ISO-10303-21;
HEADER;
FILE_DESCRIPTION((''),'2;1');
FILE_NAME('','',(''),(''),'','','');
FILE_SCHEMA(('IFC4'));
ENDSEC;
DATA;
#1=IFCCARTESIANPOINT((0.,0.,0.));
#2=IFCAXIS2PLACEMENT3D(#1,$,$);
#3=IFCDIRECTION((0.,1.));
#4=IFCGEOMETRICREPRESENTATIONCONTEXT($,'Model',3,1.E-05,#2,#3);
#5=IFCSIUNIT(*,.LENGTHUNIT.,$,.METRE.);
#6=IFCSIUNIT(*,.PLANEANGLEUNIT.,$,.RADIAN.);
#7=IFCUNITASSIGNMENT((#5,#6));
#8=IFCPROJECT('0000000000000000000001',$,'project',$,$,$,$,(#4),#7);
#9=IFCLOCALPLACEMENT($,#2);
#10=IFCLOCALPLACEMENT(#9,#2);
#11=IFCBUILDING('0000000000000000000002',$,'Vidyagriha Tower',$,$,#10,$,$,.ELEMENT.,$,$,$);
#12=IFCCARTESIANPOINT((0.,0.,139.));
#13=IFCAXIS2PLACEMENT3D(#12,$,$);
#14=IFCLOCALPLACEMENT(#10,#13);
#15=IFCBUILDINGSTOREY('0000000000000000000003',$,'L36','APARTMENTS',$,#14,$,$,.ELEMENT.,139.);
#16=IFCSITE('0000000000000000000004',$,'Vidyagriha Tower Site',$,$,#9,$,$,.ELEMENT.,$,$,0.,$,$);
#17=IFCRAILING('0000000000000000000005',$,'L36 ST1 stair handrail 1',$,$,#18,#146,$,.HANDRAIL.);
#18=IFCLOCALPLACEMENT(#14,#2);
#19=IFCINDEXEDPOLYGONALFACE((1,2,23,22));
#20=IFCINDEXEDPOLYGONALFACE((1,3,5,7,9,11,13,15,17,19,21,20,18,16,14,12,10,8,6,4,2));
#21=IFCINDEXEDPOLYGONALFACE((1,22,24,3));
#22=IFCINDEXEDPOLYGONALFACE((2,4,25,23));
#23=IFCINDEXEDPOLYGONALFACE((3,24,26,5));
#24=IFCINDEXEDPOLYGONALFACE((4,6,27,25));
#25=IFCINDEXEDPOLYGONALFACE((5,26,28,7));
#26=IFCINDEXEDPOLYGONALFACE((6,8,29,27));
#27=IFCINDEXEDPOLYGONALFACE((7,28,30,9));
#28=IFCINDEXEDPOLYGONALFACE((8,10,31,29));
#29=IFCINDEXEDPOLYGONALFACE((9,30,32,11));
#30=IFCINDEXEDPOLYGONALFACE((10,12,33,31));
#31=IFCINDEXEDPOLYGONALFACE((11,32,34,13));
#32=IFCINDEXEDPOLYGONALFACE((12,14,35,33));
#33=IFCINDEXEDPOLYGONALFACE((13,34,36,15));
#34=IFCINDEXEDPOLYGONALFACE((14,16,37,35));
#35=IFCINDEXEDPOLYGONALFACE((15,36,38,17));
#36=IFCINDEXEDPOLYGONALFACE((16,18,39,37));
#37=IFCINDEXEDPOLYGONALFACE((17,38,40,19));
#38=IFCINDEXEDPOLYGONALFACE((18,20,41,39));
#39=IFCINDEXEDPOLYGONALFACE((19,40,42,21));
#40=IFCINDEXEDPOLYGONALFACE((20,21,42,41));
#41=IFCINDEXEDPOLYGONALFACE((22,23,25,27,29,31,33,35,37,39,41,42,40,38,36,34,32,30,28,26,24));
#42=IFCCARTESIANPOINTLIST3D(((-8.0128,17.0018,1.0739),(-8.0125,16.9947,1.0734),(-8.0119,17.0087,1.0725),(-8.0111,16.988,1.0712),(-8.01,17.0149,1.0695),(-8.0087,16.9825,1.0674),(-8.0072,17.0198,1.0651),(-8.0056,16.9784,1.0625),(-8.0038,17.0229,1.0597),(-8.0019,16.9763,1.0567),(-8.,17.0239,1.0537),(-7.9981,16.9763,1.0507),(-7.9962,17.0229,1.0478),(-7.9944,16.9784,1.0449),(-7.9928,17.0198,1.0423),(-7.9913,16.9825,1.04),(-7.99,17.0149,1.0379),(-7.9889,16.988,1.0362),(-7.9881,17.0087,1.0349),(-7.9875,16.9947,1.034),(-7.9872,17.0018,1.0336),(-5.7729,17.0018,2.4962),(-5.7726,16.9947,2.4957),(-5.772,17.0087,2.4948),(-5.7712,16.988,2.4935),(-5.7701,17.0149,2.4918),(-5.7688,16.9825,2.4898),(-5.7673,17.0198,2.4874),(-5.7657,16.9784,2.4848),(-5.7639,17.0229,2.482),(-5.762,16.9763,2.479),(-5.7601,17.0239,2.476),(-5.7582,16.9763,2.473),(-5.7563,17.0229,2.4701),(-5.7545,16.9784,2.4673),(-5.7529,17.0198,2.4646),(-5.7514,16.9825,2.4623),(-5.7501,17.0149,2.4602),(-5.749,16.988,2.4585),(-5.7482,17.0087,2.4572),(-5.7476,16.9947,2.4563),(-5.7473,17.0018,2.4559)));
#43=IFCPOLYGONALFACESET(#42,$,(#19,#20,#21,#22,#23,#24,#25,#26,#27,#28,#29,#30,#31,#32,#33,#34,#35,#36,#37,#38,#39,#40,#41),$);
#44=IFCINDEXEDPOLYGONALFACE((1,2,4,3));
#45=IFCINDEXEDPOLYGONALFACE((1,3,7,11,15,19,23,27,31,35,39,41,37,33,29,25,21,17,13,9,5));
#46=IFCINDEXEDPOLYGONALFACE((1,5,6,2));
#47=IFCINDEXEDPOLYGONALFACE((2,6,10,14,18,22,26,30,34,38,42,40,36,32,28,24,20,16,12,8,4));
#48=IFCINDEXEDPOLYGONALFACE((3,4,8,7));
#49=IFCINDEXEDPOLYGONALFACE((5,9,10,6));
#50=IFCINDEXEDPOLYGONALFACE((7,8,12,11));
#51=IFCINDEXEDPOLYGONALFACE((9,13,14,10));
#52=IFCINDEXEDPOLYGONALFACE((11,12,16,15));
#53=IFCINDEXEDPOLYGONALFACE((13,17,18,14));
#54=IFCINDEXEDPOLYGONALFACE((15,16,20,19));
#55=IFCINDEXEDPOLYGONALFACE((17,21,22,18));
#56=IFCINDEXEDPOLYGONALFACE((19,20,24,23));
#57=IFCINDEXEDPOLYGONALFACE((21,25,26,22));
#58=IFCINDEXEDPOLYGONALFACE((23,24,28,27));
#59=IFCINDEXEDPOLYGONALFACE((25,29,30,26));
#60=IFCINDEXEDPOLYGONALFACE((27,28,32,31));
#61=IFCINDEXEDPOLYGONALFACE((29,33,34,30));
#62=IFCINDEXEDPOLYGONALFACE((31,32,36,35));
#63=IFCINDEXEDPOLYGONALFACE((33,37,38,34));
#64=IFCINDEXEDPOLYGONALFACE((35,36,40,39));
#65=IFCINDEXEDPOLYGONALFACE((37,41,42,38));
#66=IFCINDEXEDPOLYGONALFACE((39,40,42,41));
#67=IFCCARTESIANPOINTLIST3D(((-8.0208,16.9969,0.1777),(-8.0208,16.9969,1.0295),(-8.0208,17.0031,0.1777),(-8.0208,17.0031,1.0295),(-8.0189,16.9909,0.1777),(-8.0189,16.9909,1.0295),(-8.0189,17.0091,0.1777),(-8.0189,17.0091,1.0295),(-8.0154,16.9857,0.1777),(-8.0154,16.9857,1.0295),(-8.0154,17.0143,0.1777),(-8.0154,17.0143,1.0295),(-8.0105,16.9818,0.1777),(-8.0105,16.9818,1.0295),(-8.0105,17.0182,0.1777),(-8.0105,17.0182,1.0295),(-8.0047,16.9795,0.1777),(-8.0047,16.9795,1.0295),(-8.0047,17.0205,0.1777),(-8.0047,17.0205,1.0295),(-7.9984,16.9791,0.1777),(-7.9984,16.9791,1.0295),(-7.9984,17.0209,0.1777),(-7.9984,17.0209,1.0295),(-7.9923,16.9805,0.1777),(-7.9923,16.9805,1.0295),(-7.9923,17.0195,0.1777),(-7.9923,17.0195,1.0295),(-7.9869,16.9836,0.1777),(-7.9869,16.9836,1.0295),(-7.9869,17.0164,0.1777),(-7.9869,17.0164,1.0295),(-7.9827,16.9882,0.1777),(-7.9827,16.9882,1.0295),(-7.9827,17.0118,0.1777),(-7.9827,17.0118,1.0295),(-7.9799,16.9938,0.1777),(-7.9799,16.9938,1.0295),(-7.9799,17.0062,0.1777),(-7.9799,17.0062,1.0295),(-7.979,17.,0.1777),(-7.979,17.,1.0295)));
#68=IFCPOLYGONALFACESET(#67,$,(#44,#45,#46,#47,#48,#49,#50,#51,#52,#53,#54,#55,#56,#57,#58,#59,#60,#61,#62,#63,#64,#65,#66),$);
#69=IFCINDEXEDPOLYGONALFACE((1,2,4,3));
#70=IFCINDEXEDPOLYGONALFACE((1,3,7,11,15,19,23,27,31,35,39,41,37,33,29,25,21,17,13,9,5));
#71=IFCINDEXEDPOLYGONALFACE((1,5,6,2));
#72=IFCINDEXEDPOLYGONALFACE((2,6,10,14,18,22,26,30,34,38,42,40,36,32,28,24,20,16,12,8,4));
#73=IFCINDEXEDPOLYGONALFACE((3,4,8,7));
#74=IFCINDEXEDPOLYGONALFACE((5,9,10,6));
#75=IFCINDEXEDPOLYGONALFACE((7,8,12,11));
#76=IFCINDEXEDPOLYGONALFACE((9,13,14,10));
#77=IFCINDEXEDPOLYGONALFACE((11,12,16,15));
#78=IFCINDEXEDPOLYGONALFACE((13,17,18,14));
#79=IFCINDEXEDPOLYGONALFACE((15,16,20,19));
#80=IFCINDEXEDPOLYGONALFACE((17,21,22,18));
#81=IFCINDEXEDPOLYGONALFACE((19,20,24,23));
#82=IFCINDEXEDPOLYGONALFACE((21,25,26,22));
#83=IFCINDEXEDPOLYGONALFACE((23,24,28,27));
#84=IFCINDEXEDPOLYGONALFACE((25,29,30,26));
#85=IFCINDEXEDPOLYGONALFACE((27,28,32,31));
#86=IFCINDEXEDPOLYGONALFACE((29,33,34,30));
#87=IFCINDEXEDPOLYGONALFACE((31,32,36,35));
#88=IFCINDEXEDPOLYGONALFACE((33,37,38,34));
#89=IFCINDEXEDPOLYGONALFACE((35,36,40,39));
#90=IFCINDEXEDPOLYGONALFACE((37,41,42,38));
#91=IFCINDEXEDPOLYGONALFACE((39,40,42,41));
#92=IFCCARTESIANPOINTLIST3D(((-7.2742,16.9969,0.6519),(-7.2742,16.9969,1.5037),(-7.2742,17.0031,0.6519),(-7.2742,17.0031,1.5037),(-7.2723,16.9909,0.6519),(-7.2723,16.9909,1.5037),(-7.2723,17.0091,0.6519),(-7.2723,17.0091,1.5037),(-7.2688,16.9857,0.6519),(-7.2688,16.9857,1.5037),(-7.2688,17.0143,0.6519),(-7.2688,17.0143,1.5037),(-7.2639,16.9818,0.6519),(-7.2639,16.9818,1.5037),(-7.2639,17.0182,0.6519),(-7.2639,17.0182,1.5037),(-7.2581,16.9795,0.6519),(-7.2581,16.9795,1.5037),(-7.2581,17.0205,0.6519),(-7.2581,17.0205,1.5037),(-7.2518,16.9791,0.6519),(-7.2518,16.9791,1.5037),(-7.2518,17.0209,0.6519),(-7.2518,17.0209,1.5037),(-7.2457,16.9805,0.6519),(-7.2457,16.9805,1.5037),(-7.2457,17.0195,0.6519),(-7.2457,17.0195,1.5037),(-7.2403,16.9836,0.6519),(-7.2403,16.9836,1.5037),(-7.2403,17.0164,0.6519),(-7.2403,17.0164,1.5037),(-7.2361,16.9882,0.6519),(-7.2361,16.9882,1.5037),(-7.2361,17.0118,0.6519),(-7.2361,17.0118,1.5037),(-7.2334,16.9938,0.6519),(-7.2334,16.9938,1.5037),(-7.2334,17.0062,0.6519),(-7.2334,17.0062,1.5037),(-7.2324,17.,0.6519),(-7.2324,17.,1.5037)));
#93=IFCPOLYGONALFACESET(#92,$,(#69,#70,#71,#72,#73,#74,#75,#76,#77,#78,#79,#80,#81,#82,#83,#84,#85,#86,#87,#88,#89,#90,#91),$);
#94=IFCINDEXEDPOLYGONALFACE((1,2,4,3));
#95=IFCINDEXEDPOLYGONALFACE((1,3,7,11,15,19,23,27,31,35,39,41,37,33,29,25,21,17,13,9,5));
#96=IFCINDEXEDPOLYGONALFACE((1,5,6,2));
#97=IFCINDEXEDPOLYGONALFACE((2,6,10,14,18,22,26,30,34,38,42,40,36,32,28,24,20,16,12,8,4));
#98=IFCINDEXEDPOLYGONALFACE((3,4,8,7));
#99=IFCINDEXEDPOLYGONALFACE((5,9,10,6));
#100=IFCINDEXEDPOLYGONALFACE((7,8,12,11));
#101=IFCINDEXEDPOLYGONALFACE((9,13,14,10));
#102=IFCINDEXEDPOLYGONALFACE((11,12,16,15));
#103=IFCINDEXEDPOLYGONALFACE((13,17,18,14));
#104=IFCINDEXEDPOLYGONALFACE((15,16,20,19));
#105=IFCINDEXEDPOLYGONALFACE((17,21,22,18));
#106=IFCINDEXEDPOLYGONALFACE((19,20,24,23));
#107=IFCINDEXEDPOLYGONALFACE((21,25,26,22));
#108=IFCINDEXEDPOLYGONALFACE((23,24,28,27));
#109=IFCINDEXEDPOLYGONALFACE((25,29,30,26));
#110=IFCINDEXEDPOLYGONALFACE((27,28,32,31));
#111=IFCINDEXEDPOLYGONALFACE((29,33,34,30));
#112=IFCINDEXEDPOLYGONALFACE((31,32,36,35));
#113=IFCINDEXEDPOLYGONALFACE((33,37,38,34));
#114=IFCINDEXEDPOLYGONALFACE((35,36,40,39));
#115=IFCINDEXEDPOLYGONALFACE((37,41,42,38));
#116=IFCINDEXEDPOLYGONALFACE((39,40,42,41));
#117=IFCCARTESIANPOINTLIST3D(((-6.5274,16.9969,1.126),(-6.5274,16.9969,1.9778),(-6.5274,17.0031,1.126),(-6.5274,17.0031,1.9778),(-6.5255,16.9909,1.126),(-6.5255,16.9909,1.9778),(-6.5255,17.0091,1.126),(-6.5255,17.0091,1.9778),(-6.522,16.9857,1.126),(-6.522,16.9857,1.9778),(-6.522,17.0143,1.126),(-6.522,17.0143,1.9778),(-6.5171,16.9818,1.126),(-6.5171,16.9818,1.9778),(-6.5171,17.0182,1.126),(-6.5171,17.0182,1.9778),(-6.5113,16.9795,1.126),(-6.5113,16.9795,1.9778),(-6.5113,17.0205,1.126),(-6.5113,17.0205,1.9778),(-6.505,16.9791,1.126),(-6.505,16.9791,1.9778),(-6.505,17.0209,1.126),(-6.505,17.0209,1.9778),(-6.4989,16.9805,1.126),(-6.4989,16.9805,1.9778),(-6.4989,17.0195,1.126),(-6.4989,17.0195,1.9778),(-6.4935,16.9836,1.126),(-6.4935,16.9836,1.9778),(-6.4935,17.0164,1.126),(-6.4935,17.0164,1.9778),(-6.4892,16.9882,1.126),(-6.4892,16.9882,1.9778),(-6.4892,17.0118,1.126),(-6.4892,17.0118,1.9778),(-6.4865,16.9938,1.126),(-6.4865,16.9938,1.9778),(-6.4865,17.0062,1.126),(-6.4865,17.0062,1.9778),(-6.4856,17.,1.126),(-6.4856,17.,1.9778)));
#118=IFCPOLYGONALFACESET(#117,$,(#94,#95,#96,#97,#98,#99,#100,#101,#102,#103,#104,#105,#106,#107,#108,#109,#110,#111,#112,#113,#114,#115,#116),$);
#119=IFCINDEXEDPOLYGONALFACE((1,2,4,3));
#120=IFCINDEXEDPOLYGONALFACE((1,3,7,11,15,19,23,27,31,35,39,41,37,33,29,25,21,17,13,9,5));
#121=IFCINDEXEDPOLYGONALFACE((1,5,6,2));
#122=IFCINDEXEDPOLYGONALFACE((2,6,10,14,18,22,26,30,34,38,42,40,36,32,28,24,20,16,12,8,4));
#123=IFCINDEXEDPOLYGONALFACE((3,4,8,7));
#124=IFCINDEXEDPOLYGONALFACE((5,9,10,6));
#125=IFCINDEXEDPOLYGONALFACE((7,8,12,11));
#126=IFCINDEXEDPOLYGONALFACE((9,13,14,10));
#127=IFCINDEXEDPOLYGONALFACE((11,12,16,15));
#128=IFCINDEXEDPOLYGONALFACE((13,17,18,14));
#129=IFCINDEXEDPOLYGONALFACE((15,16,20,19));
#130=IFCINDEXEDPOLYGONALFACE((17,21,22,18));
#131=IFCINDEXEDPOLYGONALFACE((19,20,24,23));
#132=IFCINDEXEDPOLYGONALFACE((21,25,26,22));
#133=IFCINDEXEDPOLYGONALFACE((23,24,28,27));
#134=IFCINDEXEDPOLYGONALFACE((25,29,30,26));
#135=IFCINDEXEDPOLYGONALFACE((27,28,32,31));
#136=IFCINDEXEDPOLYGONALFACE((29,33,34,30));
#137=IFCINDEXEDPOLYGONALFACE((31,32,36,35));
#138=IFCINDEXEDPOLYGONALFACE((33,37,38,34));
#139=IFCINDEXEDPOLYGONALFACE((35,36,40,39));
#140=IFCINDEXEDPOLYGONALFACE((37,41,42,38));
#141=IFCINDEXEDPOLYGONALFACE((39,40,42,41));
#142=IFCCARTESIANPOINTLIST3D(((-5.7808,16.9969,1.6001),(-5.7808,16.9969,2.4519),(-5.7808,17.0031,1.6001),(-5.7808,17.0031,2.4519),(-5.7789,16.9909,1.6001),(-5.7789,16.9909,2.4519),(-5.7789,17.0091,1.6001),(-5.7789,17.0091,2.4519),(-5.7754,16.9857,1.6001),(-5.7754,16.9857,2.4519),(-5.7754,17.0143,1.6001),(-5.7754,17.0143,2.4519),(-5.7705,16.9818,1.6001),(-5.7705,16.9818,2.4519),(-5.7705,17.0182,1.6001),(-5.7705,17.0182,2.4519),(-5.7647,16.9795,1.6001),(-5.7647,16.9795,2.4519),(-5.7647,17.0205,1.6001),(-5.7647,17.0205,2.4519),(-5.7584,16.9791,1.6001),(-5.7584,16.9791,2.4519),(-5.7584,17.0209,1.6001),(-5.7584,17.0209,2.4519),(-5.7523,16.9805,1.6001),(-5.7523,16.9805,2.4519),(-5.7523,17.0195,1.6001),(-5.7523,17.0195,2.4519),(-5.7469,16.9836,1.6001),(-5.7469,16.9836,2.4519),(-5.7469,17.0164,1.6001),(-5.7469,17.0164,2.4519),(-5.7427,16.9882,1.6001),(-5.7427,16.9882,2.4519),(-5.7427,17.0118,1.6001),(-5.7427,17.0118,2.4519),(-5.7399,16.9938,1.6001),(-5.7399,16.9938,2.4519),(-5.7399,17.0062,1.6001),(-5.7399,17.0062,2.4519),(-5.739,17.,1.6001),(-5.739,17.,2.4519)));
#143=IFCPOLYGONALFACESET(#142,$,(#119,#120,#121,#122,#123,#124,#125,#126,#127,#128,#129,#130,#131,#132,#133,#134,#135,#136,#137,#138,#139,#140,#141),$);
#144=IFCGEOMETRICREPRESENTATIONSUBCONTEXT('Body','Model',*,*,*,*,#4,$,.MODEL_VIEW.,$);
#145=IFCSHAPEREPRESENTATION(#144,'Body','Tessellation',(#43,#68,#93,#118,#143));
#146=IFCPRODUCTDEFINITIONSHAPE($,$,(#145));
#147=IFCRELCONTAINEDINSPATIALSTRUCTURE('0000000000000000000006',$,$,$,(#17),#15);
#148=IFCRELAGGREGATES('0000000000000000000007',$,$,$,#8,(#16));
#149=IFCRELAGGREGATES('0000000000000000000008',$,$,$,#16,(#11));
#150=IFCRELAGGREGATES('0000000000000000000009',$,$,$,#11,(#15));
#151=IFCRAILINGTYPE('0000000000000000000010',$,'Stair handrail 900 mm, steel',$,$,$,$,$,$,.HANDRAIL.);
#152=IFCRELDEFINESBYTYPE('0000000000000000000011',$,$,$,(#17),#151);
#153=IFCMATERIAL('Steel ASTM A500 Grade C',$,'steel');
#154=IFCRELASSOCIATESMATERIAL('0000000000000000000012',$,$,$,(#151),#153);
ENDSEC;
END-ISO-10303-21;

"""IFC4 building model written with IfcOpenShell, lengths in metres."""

from ifc_helpers import new_model, si_unit, direction, frame, origin, origin_2d, place, context, subcontext, project, spatial, circle, extrude, material, type_object, element, save


model = new_model("IFC4")

# Units and contexts
model_context = context("Model", 3, precision=1e-05, world=origin(), true_north=direction((0.0, 1.0)))
body_context = subcontext(model_context, "Body", "Model", "MODEL_VIEW")
ifc_project = project(units=[si_unit("LENGTHUNIT", "METRE"), si_unit("PLANEANGLEUNIT", "RADIAN")], contexts=[model_context])

# Site, building, storey
site_placement = place(None, origin())
site = spatial("IfcSite", under=ifc_project, at=site_placement, Name="Vidyagriha Tower Site", CompositionType="ELEMENT", RefElevation=0.0)
building_placement = place(site_placement, origin())
building = spatial("IfcBuilding", under=site, at=building_placement, Name="Vidyagriha Tower", CompositionType="ELEMENT")
storey_placement = place(building_placement, frame((0.0, 0.0, 139.0)))
storey = spatial("IfcBuildingStorey", under=building, at=storey_placement, Name="L36", Description="APARTMENTS", CompositionType="ELEMENT", Elevation=139.0)

# Railing
ifc_material_1 = material(Name="Steel ASTM A500 Grade C", Category="steel")
railing_type_1 = type_object("IfcRailingType", Name="Stair handrail 900 mm, steel", PredefinedType="HANDRAIL", material=ifc_material_1)
railing_1_placement = place(storey_placement, frame((-8.0, 17.0, 0.1777)))
element("IfcRailing", 1, at=railing_1_placement, inside=storey, type_object=railing_type_1, Name="L36 ST1 stair handrail 1", PredefinedType="HANDRAIL", context=body_context, shape_type="SweptSolid", body=[
    extrude(circle(Radius=0.0239, at=origin_2d()), frame((0.0, 0.0, 0.876), z_axis=(0.844188, 0.0, 0.536048), x_axis=(0.0, 1.0, 0.0)), (0.0, 0.0, 1.0), 2.6533),
    extrude(circle(Radius=0.021, at=origin_2d()), origin(), (0.0, 0.0, 1.0), 0.8518),
    extrude(circle(Radius=0.021, at=origin_2d()), frame((0.7466, 0.0, 0.4741)), (0.0, 0.0, 1.0), 0.8518),
    extrude(circle(Radius=0.021, at=origin_2d()), frame((1.4934, 0.0, 0.9482)), (0.0, 0.0, 1.0), 0.8518),
    extrude(circle(Radius=0.021, at=origin_2d()), frame((2.24, 0.0, 1.4224)), (0.0, 0.0, 1.0), 0.8518),
])

save(model, "model.ifc")
